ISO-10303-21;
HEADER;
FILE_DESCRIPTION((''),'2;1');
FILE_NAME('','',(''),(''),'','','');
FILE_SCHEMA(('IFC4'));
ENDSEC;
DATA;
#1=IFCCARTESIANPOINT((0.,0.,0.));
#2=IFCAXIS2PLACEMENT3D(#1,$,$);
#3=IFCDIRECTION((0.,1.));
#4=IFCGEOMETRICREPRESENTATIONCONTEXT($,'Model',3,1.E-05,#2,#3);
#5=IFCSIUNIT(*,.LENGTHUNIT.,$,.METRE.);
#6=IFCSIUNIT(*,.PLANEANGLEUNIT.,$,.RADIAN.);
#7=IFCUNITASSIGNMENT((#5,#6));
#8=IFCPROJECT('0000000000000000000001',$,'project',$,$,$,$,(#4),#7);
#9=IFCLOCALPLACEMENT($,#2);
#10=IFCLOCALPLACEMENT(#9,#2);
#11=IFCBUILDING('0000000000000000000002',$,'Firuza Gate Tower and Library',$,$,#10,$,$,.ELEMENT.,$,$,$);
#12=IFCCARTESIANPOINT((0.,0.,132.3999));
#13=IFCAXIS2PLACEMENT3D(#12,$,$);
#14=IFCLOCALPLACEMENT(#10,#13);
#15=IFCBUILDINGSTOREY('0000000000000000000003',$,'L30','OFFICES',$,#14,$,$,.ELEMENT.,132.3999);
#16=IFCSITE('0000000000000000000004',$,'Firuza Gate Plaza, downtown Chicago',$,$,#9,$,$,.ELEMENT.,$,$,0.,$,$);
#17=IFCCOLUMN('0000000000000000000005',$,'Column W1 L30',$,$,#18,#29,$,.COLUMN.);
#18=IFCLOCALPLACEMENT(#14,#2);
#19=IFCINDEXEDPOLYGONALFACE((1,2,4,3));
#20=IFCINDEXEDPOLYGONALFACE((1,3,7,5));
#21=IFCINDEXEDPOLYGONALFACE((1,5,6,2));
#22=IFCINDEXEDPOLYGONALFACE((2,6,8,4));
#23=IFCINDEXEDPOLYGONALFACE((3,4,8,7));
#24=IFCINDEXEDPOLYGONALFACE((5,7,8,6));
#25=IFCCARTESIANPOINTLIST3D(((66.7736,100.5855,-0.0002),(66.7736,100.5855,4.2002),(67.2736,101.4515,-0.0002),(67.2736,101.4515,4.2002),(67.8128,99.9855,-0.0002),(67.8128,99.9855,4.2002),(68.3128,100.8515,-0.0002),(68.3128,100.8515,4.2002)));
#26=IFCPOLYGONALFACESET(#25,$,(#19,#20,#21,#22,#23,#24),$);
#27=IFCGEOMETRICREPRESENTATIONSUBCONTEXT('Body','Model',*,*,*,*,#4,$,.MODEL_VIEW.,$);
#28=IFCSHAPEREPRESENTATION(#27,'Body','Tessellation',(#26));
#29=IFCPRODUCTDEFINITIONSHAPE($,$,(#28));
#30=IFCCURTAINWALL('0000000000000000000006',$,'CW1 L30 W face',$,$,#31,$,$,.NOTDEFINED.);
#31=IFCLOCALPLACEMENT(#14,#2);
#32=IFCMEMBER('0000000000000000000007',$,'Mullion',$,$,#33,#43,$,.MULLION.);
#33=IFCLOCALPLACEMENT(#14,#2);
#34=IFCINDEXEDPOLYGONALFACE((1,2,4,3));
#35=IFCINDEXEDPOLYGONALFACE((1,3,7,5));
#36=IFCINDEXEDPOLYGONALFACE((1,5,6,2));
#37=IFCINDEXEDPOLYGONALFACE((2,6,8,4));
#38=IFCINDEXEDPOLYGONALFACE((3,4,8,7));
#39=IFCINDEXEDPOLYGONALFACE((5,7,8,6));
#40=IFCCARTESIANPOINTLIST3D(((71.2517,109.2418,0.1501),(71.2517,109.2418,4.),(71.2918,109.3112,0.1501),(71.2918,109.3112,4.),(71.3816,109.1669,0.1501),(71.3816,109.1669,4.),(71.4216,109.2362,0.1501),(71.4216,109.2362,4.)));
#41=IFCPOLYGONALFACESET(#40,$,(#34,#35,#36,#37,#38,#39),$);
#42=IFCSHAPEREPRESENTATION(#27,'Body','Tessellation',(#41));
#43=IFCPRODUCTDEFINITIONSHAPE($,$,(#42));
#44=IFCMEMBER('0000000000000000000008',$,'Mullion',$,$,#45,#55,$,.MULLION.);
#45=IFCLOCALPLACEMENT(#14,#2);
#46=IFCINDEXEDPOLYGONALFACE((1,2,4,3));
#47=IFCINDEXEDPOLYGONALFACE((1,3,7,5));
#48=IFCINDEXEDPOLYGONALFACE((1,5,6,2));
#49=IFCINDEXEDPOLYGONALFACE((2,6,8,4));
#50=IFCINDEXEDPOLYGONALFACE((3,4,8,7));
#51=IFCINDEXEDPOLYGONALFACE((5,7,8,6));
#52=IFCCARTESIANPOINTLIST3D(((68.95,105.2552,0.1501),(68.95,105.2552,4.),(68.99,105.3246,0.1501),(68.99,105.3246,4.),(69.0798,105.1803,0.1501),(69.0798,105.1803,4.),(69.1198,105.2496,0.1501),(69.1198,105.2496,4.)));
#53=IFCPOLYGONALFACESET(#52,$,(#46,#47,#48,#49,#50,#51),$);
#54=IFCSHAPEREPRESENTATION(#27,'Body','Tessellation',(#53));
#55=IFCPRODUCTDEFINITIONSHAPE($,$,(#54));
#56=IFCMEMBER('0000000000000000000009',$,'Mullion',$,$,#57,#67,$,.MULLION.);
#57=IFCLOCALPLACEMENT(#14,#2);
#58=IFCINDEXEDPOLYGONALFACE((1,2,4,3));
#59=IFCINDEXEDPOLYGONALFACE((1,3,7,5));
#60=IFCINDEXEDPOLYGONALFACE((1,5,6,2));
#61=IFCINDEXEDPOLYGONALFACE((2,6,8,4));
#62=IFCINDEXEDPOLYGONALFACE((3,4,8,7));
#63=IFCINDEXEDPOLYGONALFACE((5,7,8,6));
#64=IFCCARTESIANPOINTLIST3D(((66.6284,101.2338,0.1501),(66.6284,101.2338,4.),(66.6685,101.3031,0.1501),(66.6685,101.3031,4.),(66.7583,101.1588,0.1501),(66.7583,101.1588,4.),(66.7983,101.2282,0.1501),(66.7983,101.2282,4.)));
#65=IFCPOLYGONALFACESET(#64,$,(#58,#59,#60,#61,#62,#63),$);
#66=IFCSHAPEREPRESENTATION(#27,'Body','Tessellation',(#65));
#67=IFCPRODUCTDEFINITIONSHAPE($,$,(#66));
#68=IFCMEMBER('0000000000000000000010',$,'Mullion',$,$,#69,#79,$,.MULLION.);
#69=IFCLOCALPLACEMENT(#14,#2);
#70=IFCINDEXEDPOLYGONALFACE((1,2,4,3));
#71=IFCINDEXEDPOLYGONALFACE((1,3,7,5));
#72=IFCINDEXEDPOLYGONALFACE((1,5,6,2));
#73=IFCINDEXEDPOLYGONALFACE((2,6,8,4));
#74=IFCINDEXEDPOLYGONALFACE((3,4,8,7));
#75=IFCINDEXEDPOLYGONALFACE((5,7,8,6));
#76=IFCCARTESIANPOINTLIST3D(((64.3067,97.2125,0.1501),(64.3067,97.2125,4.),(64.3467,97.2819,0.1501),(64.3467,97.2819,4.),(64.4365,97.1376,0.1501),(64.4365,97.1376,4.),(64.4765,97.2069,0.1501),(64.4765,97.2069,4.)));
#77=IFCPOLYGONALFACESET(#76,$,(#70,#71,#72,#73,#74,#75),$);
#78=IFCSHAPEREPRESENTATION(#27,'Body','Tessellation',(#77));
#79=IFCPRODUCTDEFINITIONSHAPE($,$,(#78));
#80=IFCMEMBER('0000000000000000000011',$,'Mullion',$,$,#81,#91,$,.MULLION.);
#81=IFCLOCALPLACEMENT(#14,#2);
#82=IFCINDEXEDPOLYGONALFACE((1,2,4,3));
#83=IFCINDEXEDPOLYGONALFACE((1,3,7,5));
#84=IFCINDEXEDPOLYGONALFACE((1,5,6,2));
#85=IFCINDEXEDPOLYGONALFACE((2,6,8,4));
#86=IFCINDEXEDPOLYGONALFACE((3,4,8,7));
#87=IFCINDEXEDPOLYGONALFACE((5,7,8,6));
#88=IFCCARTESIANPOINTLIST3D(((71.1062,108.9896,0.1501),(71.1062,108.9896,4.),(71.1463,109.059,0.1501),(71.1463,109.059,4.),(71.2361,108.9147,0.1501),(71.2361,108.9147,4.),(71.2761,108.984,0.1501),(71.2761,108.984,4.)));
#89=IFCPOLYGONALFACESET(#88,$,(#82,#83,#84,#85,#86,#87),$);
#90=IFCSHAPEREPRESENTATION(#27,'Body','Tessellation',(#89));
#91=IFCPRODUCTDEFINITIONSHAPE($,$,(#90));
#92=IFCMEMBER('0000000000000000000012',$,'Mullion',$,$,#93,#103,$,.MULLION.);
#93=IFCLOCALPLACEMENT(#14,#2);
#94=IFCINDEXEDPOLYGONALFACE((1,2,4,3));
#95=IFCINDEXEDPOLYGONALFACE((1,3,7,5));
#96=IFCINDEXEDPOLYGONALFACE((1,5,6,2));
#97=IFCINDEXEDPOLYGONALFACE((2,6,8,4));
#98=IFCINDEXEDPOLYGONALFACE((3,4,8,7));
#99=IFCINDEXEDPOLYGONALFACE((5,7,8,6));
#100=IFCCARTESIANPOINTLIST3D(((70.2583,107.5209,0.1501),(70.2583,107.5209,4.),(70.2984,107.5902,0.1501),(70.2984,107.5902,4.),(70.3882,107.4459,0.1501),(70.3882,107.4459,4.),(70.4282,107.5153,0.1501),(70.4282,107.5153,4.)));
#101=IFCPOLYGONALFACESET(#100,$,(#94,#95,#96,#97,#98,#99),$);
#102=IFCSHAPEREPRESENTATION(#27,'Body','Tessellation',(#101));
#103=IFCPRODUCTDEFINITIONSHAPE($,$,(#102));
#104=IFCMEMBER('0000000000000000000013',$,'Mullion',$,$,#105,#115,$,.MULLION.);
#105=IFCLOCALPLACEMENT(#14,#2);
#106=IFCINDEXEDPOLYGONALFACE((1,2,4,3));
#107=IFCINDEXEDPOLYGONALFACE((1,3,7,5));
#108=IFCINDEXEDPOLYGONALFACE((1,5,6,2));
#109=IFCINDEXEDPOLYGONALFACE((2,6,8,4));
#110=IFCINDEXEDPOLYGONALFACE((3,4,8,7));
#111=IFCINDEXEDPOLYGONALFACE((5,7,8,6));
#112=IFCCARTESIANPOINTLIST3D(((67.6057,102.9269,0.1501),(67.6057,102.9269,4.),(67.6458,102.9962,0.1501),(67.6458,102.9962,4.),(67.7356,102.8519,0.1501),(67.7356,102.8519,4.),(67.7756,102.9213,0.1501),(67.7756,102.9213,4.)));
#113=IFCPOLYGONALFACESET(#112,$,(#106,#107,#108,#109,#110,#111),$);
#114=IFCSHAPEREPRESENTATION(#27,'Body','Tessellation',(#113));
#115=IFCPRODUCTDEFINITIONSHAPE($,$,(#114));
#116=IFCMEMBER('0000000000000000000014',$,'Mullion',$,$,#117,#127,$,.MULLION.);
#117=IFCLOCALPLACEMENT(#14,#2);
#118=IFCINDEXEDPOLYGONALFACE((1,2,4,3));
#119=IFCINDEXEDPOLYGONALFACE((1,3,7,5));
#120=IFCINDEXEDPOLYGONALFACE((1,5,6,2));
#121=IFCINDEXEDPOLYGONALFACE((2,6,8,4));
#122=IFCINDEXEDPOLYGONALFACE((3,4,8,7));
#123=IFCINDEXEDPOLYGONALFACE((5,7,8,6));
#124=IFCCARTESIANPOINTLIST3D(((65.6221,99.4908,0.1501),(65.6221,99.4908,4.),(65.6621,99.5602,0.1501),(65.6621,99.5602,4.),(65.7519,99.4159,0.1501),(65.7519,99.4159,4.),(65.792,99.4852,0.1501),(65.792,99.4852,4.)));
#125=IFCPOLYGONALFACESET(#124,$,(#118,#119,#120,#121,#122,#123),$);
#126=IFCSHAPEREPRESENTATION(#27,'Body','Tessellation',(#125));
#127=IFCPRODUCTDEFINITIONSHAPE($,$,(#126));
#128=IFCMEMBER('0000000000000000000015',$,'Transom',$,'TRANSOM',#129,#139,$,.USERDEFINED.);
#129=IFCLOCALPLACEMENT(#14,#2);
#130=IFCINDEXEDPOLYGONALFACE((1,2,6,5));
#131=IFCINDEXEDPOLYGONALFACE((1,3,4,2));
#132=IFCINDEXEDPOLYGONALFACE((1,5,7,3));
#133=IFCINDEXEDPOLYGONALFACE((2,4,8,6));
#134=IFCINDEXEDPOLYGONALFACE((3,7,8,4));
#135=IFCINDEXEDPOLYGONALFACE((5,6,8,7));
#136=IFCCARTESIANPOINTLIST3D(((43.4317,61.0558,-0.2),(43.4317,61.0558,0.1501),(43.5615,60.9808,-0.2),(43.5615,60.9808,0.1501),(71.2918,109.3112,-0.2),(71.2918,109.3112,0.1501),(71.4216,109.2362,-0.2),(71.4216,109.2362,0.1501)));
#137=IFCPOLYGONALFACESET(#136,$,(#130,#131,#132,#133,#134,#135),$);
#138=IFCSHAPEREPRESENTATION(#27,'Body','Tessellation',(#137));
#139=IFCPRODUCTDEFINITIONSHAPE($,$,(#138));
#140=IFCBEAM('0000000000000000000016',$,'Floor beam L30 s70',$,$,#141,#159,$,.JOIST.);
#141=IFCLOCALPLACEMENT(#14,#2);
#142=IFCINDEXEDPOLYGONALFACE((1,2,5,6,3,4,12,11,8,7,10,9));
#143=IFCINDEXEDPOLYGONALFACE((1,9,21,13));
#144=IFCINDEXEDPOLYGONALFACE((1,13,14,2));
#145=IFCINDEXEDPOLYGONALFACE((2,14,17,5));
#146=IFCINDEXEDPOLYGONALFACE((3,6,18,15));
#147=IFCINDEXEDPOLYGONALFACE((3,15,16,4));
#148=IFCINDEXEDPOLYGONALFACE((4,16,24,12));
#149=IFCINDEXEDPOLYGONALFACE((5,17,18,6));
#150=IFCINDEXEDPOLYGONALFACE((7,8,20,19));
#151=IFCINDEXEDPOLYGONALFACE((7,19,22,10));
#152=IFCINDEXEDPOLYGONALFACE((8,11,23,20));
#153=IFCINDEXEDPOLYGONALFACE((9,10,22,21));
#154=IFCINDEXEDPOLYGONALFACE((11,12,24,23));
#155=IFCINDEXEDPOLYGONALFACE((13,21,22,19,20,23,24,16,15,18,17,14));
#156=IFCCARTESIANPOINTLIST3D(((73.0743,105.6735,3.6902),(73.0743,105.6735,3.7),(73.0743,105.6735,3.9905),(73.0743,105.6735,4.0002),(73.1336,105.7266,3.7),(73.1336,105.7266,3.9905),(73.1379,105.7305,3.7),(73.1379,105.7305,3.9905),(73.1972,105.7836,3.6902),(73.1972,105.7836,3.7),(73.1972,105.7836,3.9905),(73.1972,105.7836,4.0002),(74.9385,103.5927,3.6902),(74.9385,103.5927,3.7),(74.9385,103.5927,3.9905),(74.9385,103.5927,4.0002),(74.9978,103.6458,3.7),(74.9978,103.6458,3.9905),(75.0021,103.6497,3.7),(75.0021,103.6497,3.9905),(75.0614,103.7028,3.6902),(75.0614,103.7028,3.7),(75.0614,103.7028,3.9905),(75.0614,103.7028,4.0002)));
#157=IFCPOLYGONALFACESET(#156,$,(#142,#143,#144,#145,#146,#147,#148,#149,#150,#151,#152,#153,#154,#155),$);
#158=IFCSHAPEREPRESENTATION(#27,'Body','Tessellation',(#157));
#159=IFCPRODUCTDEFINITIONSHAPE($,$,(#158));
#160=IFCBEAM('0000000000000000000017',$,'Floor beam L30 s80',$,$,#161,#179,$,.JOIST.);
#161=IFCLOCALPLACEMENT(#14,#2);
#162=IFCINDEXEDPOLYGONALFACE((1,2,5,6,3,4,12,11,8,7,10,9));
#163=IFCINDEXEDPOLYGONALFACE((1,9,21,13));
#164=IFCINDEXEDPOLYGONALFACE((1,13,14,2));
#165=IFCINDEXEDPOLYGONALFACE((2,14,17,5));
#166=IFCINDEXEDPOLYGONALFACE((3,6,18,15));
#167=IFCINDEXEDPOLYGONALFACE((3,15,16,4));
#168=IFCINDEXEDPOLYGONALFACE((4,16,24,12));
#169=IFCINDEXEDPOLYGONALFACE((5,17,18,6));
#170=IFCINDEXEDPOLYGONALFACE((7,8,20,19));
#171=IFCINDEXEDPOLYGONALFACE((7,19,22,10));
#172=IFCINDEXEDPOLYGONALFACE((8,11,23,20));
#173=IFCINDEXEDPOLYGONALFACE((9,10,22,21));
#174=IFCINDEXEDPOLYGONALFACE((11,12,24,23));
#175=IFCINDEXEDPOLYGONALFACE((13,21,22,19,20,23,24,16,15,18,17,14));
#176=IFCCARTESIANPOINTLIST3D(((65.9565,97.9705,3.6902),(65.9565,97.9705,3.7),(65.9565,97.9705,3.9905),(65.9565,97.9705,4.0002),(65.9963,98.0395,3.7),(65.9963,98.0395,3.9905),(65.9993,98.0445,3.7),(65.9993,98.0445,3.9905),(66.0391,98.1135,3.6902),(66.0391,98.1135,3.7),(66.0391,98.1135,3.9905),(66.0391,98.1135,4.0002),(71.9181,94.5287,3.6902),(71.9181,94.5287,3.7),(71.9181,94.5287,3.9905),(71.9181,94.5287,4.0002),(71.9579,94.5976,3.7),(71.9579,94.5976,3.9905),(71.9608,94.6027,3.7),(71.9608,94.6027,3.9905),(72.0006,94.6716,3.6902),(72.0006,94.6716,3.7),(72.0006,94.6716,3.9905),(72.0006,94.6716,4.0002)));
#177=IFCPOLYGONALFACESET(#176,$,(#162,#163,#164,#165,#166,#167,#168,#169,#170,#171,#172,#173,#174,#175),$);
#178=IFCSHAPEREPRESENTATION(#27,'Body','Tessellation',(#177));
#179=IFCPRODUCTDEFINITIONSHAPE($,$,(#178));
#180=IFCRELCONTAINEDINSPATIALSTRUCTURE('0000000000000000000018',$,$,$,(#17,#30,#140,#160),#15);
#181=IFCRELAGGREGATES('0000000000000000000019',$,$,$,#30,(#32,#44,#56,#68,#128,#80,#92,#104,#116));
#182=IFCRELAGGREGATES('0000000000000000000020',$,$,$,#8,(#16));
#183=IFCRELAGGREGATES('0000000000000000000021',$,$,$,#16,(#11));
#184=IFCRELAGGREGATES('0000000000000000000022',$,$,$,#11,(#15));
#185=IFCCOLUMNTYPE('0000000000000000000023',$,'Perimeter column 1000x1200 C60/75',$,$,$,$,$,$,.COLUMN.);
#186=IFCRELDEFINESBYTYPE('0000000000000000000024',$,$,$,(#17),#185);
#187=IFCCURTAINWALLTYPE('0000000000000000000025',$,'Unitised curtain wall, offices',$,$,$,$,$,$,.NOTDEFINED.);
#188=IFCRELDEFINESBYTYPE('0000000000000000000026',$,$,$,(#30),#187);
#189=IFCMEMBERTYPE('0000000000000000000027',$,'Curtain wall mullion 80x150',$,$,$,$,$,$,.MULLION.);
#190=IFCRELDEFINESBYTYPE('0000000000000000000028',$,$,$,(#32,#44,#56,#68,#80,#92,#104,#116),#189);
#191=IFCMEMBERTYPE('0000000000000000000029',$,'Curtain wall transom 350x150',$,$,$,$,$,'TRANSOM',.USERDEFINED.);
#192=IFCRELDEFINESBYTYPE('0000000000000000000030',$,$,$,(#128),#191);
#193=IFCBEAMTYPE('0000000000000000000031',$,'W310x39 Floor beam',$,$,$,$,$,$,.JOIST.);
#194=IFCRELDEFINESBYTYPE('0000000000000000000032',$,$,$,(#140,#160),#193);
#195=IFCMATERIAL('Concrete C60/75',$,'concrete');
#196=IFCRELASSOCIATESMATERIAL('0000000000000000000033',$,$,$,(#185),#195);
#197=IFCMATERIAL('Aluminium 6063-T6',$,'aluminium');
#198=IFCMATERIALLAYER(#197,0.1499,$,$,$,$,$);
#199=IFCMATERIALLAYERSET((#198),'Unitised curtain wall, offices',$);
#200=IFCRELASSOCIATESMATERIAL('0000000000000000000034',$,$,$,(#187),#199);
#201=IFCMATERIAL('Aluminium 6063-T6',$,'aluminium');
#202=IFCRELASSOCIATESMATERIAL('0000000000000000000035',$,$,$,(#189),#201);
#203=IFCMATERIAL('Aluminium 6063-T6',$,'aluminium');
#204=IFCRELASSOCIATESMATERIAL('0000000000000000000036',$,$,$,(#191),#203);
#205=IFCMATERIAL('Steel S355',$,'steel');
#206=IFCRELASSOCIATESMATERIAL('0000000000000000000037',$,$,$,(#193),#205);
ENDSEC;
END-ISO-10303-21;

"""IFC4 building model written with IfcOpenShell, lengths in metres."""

from ifc_helpers import new_model, si_unit, direction, frame, origin, origin_2d, place, context, subcontext, project, spatial, rectangle, i_section, extrude, material, layer, layer_set, material_profile, profile_set, type_object, element, aggregate, save


model = new_model("IFC4")

# Units and contexts
model_context = context("Model", 3, precision=1e-05, world=origin(), true_north=direction((0.0, 1.0)))
body_context = subcontext(model_context, "Body", "Model", "MODEL_VIEW")
ifc_project = project(units=[si_unit("LENGTHUNIT", "METRE"), si_unit("PLANEANGLEUNIT", "RADIAN")], contexts=[model_context])

# Site, building, storey
site_placement = place(None, origin())
site = spatial("IfcSite", under=ifc_project, at=site_placement, Name="Firuza Gate Plaza, downtown Chicago", CompositionType="ELEMENT", RefElevation=0.0)
building_placement = place(site_placement, origin())
building = spatial("IfcBuilding", under=site, at=building_placement, Name="Firuza Gate Tower and Library", CompositionType="ELEMENT")
storey_placement = place(building_placement, frame((0.0, 0.0, 132.3999)))
storey = spatial("IfcBuildingStorey", under=building, at=storey_placement, Name="L30", Description="OFFICES", CompositionType="ELEMENT", Elevation=132.3999)

# Column
ifc_material_1 = material(Name="Concrete C60/75", Category="concrete")
ifc_material_profile_1 = material_profile(ifc_material_1, rectangle(XDim=1.0, YDim=1.2, at=origin_2d()))
ifc_profile_set_1 = profile_set([ifc_material_profile_1], Name="Concrete C60/75")
column_type = type_object("IfcColumnType", Name="Perimeter column 1000x1200 C60/75", PredefinedType="COLUMN", material=ifc_profile_set_1)
column_placement = place(storey_placement, frame((67.5432, 100.7185, -0.0002), z_axis=(0.0, 0.0, 1.0), x_axis=(-0.5, -0.866025, 0.0)))
element("IfcColumn", 1, at=column_placement, inside=storey, type_object=column_type, Name="Column W1 L30", PredefinedType="COLUMN", context=body_context, shape_type="SweptSolid", body=[
    extrude(rectangle(XDim=1.0, YDim=1.2, at=origin_2d()), origin(), (0.0, 0.0, 1.0), 4.2004),
])

# Curtain wall, members
ifc_material_2 = material(Name="Aluminium 6063-T6", Category="aluminium")
ifc_layer_1 = layer(ifc_material_2, 0.1499)
ifc_layer_set_1 = layer_set([ifc_layer_1], Name="Unitised curtain wall, offices")
curtain_wall_type = type_object("IfcCurtainWallType", Name="Unitised curtain wall, offices", PredefinedType="NOTDEFINED", material=ifc_layer_set_1)
curtain_wall_placement = place(storey_placement, origin())
curtain_wall = element("IfcCurtainWall", 2, at=curtain_wall_placement, inside=storey, type_object=curtain_wall_type, Name="CW1 L30 W face", PredefinedType="NOTDEFINED")
ifc_material_3 = material(Name="Aluminium 6063-T6", Category="aluminium")
ifc_material_profile_2 = material_profile(ifc_material_3, rectangle(XDim=0.1499, YDim=0.0801, at=origin_2d()))
ifc_profile_set_2 = profile_set([ifc_material_profile_2], Name="Aluminium 6063-T6")
member_type_1 = type_object("IfcMemberType", Name="Curtain wall mullion 80x150", PredefinedType="MULLION", material=ifc_profile_set_2)
member_1_placement = place(storey_placement, frame((71.3367, 109.239, 0.1501), z_axis=(0.0, 0.0, 1.0), x_axis=(0.866025, -0.5, 0.0)))
member_1 = element("IfcMember", 3, at=member_1_placement, type_object=member_type_1, Name="Mullion", PredefinedType="MULLION", context=body_context, shape_type="SweptSolid", body=[
    extrude(rectangle(XDim=0.1499, YDim=0.0801, at=origin_2d()), origin(), (0.0, 0.0, 1.0), 3.8499),
])
member_2_placement = place(storey_placement, frame((69.0349, 105.2524, 0.1501), z_axis=(0.0, 0.0, 1.0), x_axis=(0.866025, -0.5, 0.0)))
member_2 = element("IfcMember", 4, at=member_2_placement, type_object=member_type_1, Name="Mullion", PredefinedType="MULLION", context=body_context, shape_type="SweptSolid", body=[
    extrude(rectangle(XDim=0.1499, YDim=0.0801, at=origin_2d()), origin(), (0.0, 0.0, 1.0), 3.8499),
])
member_3_placement = place(storey_placement, frame((66.7134, 101.231, 0.1501), z_axis=(0.0, 0.0, 1.0), x_axis=(0.866025, -0.5, 0.0)))
member_3 = element("IfcMember", 5, at=member_3_placement, type_object=member_type_1, Name="Mullion", PredefinedType="MULLION", context=body_context, shape_type="SweptSolid", body=[
    extrude(rectangle(XDim=0.1499, YDim=0.0801, at=origin_2d()), origin(), (0.0, 0.0, 1.0), 3.8499),
])
member_4_placement = place(storey_placement, frame((64.3916, 97.2097, 0.1501), z_axis=(0.0, 0.0, 1.0), x_axis=(0.866025, -0.5, 0.0)))
member_4 = element("IfcMember", 6, at=member_4_placement, type_object=member_type_1, Name="Mullion", PredefinedType="MULLION", context=body_context, shape_type="SweptSolid", body=[
    extrude(rectangle(XDim=0.1499, YDim=0.0801, at=origin_2d()), origin(), (0.0, 0.0, 1.0), 3.8499),
])
member_5_placement = place(storey_placement, frame((71.1912, 108.9868, 0.1501), z_axis=(0.0, 0.0, 1.0), x_axis=(0.866025, -0.5, 0.0)))
member_5 = element("IfcMember", 7, at=member_5_placement, type_object=member_type_1, Name="Mullion", PredefinedType="MULLION", context=body_context, shape_type="SweptSolid", body=[
    extrude(rectangle(XDim=0.1499, YDim=0.0801, at=origin_2d()), origin(), (0.0, 0.0, 1.0), 3.8499),
])
member_6_placement = place(storey_placement, frame((70.3433, 107.5181, 0.1501), z_axis=(0.0, 0.0, 1.0), x_axis=(0.866025, -0.5, 0.0)))
member_6 = element("IfcMember", 8, at=member_6_placement, type_object=member_type_1, Name="Mullion", PredefinedType="MULLION", context=body_context, shape_type="SweptSolid", body=[
    extrude(rectangle(XDim=0.1499, YDim=0.0801, at=origin_2d()), origin(), (0.0, 0.0, 1.0), 3.8499),
])
member_7_placement = place(storey_placement, frame((67.6907, 102.9241, 0.1501), z_axis=(0.0, 0.0, 1.0), x_axis=(0.866025, -0.5, 0.0)))
member_7 = element("IfcMember", 9, at=member_7_placement, type_object=member_type_1, Name="Mullion", PredefinedType="MULLION", context=body_context, shape_type="SweptSolid", body=[
    extrude(rectangle(XDim=0.1499, YDim=0.0801, at=origin_2d()), origin(), (0.0, 0.0, 1.0), 3.8499),
])
member_8_placement = place(storey_placement, frame((65.707, 99.488, 0.1501), z_axis=(0.0, 0.0, 1.0), x_axis=(0.866025, -0.5, 0.0)))
member_8 = element("IfcMember", 10, at=member_8_placement, type_object=member_type_1, Name="Mullion", PredefinedType="MULLION", context=body_context, shape_type="SweptSolid", body=[
    extrude(rectangle(XDim=0.1499, YDim=0.0801, at=origin_2d()), origin(), (0.0, 0.0, 1.0), 3.8499),
])
ifc_material_4 = material(Name="Aluminium 6063-T6", Category="aluminium")
ifc_material_profile_3 = material_profile(ifc_material_4, rectangle(XDim=0.1499, YDim=0.3501, at=origin_2d()))
ifc_profile_set_3 = profile_set([ifc_material_profile_3], Name="Aluminium 6063-T6")
member_type_2 = type_object("IfcMemberType", Name="Curtain wall transom 350x150", ElementType="TRANSOM", PredefinedType="USERDEFINED", material=ifc_profile_set_3)
member_9_placement = place(storey_placement, frame((71.3567, 109.2737, -0.0249), z_axis=(-0.499998, -0.866027, 0.0), x_axis=(0.866027, -0.499998, 0.0)))
member_9 = element("IfcMember", 11, at=member_9_placement, type_object=member_type_2, Name="Transom", ObjectType="TRANSOM", PredefinedType="USERDEFINED", context=body_context, shape_type="SweptSolid", body=[
    extrude(rectangle(XDim=0.1499, YDim=0.3501, at=origin_2d()), origin(), (0.0, 0.0, 1.0), 55.7205),
])

# Beams
ifc_material_5 = material(Name="Steel S355", Category="steel")
ifc_material_profile_4 = material_profile(ifc_material_5, i_section(OverallWidth=0.165, OverallDepth=0.3101, WebThickness=0.0059, FlangeThickness=0.0098, at=origin_2d()))
ifc_profile_set_4 = profile_set([ifc_material_profile_4], Name="Steel S355")
beam_type_1 = type_object("IfcBeamType", Name="W310x39 Floor beam", PredefinedType="JOIST", material=ifc_profile_set_4)
beam_1_placement = place(storey_placement, frame((73.1357, 105.7285, 3.8452), z_axis=(0.667288, -0.7448, 0.0), x_axis=(0.7448, 0.667288, 0.0)))
element("IfcBeam", 12, at=beam_1_placement, inside=storey, type_object=beam_type_1, Name="Floor beam L30 s70", PredefinedType="JOIST", context=body_context, shape_type="SweptSolid", body=[
    extrude(i_section(OverallWidth=0.165, OverallDepth=0.3101, WebThickness=0.0059, FlangeThickness=0.0098, at=origin_2d()), origin(), (0.0, 0.0, 1.0), 2.7937),
])
beam_2_placement = place(storey_placement, frame((65.9978, 98.042, 3.8452), z_axis=(0.86603, -0.499992, 0.0), x_axis=(0.499992, 0.86603, 0.0)))
element("IfcBeam", 13, at=beam_2_placement, inside=storey, type_object=beam_type_1, Name="Floor beam L30 s80", PredefinedType="JOIST", context=body_context, shape_type="SweptSolid", body=[
    extrude(i_section(OverallWidth=0.165, OverallDepth=0.3101, WebThickness=0.0059, FlangeThickness=0.0098, at=origin_2d()), origin(), (0.0, 0.0, 1.0), 6.8838),
])

aggregate(curtain_wall, [member_1, member_2, member_3, member_4, member_9, member_5, member_6, member_7, member_8])

save(model, "model.ifc")
